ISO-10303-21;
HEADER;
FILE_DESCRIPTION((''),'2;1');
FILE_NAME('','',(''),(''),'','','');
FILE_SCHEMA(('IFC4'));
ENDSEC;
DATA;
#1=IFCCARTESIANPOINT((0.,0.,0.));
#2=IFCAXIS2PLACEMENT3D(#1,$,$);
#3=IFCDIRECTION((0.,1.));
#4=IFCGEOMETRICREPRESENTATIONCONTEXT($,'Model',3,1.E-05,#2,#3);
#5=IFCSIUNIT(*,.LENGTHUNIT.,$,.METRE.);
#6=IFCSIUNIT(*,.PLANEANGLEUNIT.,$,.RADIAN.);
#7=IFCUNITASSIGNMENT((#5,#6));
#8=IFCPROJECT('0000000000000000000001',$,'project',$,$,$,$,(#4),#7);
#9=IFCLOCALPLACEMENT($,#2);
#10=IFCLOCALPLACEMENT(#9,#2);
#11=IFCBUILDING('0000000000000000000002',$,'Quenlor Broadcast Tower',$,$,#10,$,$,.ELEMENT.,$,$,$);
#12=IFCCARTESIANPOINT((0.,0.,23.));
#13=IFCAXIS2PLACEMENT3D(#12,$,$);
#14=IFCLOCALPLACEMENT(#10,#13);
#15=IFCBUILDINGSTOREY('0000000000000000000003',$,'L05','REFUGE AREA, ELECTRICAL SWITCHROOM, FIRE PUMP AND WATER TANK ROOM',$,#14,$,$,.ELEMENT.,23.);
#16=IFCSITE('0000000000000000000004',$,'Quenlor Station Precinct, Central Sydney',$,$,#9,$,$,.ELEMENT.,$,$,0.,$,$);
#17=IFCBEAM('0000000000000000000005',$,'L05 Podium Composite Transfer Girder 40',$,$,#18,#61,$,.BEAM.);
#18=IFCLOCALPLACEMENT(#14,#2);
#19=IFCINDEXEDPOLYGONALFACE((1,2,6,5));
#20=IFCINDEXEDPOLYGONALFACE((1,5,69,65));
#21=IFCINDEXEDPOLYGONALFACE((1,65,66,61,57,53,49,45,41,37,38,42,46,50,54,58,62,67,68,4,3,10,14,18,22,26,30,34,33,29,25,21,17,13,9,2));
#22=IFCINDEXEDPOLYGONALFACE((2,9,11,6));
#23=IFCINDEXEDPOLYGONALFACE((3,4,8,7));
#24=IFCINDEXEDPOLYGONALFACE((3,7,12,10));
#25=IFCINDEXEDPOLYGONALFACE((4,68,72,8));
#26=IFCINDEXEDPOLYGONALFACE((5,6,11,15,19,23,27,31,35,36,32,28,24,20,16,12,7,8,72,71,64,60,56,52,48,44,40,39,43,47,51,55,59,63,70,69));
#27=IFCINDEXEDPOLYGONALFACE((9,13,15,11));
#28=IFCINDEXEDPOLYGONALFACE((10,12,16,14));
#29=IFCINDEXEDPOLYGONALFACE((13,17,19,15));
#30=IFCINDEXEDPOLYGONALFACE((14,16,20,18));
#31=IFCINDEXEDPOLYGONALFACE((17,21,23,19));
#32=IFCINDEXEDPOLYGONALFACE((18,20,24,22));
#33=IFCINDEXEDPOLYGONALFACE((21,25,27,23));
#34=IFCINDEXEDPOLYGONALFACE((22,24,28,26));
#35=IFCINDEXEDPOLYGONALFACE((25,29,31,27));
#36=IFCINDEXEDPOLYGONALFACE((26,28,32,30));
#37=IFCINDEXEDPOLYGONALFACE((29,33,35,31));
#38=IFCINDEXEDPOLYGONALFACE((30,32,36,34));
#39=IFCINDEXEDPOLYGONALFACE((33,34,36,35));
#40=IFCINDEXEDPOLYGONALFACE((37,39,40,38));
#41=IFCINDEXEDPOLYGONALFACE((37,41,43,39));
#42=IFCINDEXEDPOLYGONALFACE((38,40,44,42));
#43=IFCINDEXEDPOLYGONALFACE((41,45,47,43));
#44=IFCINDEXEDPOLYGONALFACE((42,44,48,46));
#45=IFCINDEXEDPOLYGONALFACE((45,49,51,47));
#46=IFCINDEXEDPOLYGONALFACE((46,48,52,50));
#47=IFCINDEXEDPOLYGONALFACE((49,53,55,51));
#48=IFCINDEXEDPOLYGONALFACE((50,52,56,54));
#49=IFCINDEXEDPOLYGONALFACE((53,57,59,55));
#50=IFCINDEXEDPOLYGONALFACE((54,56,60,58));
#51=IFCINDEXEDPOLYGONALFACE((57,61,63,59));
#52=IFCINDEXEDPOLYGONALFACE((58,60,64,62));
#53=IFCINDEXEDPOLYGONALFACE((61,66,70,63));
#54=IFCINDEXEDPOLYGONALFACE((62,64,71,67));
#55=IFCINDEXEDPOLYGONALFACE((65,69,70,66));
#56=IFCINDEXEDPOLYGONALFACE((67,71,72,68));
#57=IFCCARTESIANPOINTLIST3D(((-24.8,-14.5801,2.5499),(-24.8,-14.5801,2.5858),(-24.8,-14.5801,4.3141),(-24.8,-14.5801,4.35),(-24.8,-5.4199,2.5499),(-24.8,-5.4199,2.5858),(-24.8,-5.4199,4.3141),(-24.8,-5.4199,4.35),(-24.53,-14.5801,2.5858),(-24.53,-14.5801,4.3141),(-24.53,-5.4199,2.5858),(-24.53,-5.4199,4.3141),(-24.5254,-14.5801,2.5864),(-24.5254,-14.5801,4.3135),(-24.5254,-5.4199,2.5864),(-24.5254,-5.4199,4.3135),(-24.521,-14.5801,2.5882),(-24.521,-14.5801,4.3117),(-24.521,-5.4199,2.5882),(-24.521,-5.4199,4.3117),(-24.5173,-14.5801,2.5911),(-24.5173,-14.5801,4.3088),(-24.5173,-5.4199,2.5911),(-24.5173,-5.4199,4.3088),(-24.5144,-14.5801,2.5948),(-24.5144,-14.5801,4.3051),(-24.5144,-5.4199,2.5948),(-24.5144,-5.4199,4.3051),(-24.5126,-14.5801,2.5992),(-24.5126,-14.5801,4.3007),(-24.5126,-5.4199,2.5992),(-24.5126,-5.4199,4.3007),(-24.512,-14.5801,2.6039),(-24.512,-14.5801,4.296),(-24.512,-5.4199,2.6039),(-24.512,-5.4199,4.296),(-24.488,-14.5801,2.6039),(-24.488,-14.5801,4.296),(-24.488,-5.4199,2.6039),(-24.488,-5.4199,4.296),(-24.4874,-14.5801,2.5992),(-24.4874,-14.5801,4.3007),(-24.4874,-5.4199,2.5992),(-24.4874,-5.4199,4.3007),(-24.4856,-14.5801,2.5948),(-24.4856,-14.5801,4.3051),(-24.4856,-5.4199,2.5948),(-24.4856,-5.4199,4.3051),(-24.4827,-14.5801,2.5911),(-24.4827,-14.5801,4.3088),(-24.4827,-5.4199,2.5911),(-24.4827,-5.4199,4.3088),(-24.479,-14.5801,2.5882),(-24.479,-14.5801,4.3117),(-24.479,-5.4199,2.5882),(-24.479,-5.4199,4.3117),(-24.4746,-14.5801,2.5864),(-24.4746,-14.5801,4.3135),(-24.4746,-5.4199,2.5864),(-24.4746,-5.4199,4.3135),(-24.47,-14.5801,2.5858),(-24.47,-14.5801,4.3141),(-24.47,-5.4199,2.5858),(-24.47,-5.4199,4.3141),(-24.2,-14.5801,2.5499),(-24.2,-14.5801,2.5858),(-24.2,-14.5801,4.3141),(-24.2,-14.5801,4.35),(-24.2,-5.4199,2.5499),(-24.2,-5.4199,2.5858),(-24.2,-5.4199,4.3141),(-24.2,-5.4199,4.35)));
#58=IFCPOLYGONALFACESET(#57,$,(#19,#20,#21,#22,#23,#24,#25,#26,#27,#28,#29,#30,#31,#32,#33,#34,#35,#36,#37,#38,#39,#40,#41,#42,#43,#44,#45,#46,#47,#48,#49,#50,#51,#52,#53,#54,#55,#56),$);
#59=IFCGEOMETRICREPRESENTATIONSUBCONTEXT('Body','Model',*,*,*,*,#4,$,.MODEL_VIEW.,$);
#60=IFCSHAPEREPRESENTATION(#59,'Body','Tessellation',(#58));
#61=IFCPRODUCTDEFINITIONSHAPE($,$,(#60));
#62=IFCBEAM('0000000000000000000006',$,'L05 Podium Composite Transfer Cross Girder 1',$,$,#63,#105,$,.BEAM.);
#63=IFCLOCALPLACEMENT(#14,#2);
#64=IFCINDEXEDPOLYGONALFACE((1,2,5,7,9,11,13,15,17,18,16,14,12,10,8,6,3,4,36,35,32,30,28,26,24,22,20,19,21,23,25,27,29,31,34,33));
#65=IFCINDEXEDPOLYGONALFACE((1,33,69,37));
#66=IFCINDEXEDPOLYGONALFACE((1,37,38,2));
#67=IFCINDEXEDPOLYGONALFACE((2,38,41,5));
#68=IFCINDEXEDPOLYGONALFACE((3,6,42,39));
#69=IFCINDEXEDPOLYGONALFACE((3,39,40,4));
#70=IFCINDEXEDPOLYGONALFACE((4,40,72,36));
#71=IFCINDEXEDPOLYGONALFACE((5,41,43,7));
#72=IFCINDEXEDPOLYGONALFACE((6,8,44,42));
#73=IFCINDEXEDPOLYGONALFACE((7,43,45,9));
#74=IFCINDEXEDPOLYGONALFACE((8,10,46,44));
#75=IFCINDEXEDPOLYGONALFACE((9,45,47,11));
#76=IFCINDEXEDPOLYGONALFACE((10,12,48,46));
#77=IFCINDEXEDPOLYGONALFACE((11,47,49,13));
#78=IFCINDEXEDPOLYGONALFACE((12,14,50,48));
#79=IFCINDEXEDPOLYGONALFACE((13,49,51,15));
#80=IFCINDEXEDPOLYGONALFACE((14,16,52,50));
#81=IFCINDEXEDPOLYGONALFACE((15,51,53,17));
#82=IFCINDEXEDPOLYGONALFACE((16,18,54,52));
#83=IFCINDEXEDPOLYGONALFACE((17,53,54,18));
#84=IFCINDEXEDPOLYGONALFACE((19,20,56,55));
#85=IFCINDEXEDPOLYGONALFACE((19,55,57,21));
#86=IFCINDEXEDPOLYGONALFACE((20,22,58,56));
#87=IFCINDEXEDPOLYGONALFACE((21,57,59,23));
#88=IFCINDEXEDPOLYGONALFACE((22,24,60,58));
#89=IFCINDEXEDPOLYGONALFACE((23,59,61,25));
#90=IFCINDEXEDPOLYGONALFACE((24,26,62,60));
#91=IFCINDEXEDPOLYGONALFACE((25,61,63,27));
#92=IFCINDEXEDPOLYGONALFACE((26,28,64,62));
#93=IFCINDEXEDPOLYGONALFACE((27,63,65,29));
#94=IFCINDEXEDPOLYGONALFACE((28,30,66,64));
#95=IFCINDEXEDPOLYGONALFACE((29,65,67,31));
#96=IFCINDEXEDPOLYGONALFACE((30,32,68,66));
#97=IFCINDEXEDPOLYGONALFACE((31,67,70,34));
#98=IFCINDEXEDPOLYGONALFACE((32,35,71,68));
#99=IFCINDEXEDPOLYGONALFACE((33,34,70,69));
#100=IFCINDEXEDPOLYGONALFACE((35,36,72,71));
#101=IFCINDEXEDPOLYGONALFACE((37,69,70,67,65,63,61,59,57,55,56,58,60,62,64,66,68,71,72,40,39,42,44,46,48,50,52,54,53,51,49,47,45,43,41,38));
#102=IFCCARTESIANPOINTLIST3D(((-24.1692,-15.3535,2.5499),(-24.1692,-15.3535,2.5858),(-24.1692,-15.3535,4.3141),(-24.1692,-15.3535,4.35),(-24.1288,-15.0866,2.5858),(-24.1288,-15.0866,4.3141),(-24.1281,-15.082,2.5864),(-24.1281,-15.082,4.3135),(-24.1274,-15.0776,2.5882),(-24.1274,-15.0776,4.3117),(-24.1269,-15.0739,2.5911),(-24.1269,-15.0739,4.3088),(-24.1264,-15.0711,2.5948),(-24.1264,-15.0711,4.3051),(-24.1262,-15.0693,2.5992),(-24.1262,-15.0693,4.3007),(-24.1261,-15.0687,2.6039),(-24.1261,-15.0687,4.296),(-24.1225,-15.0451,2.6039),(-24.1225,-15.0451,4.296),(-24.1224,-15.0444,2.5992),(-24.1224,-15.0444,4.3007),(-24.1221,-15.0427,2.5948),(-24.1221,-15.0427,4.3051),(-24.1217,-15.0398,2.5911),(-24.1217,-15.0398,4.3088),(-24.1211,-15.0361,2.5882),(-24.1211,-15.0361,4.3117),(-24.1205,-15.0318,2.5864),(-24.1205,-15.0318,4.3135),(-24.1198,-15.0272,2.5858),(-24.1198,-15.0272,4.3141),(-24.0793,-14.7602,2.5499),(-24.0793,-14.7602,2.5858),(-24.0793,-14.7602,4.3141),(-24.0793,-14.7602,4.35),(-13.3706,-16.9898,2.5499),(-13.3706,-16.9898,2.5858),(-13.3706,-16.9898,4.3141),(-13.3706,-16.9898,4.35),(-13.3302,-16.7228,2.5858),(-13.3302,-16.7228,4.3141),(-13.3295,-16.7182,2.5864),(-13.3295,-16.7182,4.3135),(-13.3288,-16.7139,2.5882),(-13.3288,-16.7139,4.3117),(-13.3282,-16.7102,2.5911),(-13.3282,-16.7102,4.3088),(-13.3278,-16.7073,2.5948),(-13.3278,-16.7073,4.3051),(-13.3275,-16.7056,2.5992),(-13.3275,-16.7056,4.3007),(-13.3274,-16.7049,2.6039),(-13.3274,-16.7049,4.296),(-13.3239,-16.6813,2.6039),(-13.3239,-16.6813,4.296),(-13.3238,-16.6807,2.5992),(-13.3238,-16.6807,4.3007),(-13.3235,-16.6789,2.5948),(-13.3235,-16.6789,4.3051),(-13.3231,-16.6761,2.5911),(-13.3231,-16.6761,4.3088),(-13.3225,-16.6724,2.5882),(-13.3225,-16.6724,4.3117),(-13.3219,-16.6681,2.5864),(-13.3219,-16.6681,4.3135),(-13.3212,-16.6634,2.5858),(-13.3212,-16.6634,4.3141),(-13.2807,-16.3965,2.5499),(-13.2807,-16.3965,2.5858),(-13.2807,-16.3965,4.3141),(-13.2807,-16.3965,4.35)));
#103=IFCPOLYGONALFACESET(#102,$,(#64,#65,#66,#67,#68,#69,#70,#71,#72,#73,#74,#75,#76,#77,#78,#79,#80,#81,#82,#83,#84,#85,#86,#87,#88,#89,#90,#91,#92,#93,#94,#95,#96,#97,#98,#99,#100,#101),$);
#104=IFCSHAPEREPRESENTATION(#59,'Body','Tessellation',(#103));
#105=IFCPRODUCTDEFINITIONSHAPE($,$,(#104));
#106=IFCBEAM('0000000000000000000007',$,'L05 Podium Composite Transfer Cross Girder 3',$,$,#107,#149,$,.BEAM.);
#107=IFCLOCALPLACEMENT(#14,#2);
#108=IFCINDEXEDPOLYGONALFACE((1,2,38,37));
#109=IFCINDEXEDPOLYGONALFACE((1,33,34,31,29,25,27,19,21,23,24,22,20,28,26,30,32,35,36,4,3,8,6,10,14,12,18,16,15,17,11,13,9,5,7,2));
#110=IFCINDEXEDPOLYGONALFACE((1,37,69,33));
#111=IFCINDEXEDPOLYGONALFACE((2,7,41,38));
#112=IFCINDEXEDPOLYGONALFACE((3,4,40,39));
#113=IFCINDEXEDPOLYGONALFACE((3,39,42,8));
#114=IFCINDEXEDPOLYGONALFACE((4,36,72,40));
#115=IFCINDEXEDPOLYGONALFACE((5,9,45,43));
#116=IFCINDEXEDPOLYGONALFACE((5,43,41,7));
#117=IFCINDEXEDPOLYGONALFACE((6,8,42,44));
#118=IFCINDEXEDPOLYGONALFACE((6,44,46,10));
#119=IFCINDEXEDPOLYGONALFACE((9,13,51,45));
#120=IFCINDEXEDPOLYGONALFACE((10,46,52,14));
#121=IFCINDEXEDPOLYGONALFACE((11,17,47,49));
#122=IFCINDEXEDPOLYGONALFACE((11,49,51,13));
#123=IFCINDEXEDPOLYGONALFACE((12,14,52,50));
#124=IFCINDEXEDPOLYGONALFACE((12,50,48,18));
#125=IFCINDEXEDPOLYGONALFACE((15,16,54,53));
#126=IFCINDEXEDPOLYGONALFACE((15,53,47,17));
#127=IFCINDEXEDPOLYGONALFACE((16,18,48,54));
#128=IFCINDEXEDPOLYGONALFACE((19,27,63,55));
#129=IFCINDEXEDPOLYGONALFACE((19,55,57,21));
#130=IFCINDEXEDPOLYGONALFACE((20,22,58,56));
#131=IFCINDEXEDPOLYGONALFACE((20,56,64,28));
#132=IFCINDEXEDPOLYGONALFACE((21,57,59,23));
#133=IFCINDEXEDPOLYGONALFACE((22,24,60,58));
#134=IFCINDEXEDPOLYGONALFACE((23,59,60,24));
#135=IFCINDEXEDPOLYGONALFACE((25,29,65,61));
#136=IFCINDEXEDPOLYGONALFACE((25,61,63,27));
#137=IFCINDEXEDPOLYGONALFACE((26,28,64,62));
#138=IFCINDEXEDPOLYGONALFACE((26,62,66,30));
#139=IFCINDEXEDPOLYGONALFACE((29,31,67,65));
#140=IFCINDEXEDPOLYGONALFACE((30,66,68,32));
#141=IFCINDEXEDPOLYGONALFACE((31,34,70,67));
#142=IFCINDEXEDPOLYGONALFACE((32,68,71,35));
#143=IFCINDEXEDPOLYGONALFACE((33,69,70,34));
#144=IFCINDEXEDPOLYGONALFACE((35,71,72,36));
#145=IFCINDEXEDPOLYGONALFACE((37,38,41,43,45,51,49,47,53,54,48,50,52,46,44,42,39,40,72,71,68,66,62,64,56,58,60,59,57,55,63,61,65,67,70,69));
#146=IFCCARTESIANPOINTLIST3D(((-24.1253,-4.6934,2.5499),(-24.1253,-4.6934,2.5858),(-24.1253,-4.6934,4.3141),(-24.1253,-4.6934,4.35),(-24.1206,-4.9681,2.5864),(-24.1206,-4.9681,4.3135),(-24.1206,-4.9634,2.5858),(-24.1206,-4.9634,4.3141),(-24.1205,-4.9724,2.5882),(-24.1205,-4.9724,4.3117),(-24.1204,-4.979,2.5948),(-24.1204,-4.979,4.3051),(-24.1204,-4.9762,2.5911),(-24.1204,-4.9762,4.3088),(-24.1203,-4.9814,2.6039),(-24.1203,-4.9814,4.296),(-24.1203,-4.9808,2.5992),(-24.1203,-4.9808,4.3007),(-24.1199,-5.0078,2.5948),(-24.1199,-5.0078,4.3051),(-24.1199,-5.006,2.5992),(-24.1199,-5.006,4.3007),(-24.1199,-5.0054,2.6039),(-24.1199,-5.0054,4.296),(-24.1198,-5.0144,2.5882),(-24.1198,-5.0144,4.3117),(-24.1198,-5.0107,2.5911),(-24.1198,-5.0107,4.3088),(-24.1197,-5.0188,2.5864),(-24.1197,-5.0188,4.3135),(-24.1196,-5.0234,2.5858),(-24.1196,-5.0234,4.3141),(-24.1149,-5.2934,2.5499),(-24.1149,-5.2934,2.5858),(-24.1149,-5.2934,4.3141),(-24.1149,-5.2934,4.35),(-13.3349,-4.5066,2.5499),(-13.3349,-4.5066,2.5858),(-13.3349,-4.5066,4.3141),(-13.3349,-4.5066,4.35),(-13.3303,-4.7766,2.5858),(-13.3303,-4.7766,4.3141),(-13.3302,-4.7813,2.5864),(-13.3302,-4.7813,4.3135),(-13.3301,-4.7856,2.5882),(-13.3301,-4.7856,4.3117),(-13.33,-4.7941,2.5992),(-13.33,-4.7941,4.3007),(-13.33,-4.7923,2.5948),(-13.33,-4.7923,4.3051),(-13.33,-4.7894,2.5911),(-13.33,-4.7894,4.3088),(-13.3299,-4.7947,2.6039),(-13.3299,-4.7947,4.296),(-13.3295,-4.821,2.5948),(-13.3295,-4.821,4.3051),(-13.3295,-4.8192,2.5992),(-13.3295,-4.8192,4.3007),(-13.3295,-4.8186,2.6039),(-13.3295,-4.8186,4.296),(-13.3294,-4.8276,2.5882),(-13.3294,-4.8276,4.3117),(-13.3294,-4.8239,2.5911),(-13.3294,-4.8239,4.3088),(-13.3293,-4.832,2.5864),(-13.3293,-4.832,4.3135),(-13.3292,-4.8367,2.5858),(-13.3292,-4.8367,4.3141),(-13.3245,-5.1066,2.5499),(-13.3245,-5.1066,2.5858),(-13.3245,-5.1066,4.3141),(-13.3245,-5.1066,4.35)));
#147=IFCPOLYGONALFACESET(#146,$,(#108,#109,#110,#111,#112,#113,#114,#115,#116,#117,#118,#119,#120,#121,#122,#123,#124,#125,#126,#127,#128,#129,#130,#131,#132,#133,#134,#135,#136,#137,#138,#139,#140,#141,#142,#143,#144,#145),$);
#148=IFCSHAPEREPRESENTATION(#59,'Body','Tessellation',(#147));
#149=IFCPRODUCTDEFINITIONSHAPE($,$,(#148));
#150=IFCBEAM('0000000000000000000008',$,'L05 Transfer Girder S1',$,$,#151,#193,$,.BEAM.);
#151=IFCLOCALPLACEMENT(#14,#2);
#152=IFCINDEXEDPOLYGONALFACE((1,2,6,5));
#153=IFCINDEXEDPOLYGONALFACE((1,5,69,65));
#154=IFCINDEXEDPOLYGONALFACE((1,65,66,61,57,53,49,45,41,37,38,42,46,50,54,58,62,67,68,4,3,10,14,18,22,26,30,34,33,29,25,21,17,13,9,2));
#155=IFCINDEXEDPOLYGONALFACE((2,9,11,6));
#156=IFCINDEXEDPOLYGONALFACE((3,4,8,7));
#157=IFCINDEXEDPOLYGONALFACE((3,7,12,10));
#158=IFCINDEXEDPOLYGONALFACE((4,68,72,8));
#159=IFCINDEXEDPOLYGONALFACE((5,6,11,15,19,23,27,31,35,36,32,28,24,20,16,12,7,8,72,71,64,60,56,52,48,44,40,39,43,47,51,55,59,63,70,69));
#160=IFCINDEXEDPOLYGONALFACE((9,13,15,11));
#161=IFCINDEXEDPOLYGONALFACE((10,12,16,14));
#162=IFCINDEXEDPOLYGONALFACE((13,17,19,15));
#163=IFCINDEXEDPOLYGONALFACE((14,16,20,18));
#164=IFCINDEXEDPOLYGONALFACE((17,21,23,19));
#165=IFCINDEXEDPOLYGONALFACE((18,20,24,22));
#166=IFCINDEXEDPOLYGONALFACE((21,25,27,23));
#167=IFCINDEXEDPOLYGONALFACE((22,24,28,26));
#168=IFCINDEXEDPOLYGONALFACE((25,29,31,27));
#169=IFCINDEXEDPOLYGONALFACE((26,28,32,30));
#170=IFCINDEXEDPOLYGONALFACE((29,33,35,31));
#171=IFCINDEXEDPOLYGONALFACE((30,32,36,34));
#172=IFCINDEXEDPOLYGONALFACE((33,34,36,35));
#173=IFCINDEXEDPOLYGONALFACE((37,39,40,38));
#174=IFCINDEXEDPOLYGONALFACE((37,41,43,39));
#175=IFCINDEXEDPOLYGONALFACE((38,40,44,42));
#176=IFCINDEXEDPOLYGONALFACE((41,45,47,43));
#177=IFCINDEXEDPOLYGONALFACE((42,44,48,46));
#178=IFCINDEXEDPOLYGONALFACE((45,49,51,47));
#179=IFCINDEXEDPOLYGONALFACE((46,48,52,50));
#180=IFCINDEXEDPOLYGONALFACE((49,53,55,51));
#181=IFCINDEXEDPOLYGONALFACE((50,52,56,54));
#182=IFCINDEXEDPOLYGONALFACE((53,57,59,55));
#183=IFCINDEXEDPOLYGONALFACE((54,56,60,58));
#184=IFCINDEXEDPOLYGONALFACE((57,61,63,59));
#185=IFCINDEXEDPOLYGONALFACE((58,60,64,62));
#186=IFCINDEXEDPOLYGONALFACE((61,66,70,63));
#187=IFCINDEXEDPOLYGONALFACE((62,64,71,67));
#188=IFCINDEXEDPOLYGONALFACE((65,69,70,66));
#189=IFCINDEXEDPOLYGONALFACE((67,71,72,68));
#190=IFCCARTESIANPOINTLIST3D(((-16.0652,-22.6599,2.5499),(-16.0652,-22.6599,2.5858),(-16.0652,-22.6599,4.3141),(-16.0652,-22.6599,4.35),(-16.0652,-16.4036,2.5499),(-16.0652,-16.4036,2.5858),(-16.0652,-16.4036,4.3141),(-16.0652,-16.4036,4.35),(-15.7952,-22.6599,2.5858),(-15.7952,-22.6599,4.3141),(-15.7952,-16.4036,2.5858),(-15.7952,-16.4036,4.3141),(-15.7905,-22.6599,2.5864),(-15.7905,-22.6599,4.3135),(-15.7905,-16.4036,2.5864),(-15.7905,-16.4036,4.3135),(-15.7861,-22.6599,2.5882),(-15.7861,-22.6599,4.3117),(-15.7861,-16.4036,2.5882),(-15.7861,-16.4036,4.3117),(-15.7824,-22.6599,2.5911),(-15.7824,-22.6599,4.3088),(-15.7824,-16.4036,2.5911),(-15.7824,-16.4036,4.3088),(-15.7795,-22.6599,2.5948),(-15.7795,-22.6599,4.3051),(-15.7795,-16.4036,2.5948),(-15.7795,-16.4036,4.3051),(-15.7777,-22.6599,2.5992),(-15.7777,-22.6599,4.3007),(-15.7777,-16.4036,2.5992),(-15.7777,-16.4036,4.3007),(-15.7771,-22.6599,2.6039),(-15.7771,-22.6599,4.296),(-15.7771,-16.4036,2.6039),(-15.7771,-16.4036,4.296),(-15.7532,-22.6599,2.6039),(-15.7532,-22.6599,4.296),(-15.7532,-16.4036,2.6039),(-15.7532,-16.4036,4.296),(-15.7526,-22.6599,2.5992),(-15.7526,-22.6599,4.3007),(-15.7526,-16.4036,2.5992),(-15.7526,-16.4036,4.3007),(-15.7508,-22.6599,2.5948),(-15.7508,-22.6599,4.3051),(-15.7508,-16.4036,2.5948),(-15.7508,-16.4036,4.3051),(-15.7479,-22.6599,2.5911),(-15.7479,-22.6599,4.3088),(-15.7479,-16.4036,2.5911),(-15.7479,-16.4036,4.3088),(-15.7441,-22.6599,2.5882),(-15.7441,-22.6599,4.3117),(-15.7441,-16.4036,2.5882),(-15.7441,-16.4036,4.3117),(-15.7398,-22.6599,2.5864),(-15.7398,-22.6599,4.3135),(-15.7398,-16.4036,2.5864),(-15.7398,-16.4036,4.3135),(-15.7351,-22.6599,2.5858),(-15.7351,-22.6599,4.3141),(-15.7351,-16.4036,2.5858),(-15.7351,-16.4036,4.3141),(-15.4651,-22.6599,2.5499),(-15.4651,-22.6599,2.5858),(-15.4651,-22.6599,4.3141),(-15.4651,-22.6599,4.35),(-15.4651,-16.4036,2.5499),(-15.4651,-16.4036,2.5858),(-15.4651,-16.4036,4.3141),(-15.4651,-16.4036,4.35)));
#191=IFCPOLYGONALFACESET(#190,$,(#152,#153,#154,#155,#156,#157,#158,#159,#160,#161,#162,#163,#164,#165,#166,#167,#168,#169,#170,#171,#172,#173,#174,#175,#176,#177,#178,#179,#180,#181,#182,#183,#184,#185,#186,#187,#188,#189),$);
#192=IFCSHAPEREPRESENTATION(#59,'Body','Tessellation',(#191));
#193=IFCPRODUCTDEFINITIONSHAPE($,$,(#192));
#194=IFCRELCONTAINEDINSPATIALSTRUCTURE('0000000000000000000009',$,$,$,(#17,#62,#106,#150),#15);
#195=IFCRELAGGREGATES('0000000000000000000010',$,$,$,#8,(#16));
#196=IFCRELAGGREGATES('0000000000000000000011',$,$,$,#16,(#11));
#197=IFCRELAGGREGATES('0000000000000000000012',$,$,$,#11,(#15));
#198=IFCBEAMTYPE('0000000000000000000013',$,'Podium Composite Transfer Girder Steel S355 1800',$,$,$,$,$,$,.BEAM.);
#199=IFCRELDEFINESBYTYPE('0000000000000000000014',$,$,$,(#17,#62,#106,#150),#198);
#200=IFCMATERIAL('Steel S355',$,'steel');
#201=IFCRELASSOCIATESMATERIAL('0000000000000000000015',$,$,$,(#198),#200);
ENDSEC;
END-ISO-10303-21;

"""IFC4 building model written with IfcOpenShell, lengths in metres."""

from ifc_helpers import new_model, si_unit, direction, frame, origin, origin_2d, place, context, subcontext, project, spatial, i_section, extrude, material, material_profile, profile_set, type_object, element, save


model = new_model("IFC4")

# Units and contexts
model_context = context("Model", 3, precision=1e-05, world=origin(), true_north=direction((0.0, 1.0)))
body_context = subcontext(model_context, "Body", "Model", "MODEL_VIEW")
ifc_project = project(units=[si_unit("LENGTHUNIT", "METRE"), si_unit("PLANEANGLEUNIT", "RADIAN")], contexts=[model_context])

# Site, building, storey
site_placement = place(None, origin())
site = spatial("IfcSite", under=ifc_project, at=site_placement, Name="Quenlor Station Precinct, Central Sydney", CompositionType="ELEMENT", RefElevation=0.0)
building_placement = place(site_placement, origin())
building = spatial("IfcBuilding", under=site, at=building_placement, Name="Quenlor Broadcast Tower", CompositionType="ELEMENT")
storey_placement = place(building_placement, frame((0.0, 0.0, 23.0)))
storey = spatial("IfcBuildingStorey", under=building, at=storey_placement, Name="L05", Description="REFUGE AREA, ELECTRICAL SWITCHROOM, FIRE PUMP AND WATER TANK ROOM", CompositionType="ELEMENT", Elevation=23.0)

# Beams
ifc_material_1 = material(Name="Steel S355", Category="steel")
ifc_material_profile_1 = material_profile(ifc_material_1, i_section(OverallWidth=0.6001, OverallDepth=1.8, WebThickness=0.0239, FlangeThickness=0.0359, FilletRadius=0.0181, at=origin_2d()))
ifc_profile_set_1 = profile_set([ifc_material_profile_1], Name="Steel S355 1800TG620")
beam_type_1 = type_object("IfcBeamType", Name="Podium Composite Transfer Girder Steel S355 1800", PredefinedType="BEAM", material=ifc_profile_set_1)
beam_1_placement = place(storey_placement, frame((-24.5, -14.5801, 3.45), z_axis=(0.0, 1.0, 0.0), x_axis=(-1.0, 0.0, 0.0)))
element("IfcBeam", 1, at=beam_1_placement, inside=storey, type_object=beam_type_1, Name="L05 Podium Composite Transfer Girder 40", PredefinedType="BEAM", context=body_context, shape_type="SweptSolid", body=[
    extrude(i_section(OverallWidth=0.6001, OverallDepth=1.8, WebThickness=0.0239, FlangeThickness=0.0359, FilletRadius=0.0181, at=origin_2d()), origin(), (0.0, 0.0, 1.0), 9.1602),
])
beam_2_placement = place(storey_placement, frame((-24.1243, -15.0569, 3.45), z_axis=(0.988714, -0.149813, 0.0), x_axis=(0.149813, 0.988714, 0.0)))
element("IfcBeam", 2, at=beam_2_placement, inside=storey, type_object=beam_type_1, Name="L05 Podium Composite Transfer Cross Girder 1", PredefinedType="BEAM", context=body_context, shape_type="SweptSolid", body=[
    extrude(i_section(OverallWidth=0.6001, OverallDepth=1.8, WebThickness=0.0239, FlangeThickness=0.0359, FilletRadius=0.0181, at=origin_2d()), origin(), (0.0, 0.0, 1.0), 10.9219),
])
beam_3_placement = place(storey_placement, frame((-24.1201, -4.9934, 3.45), z_axis=(0.99985, 0.017306, 0.0), x_axis=(-0.017306, 0.99985, 0.0)))
element("IfcBeam", 3, at=beam_3_placement, inside=storey, type_object=beam_type_1, Name="L05 Podium Composite Transfer Cross Girder 3", PredefinedType="BEAM", context=body_context, shape_type="SweptSolid", body=[
    extrude(i_section(OverallWidth=0.6001, OverallDepth=1.8, WebThickness=0.0239, FlangeThickness=0.0359, FilletRadius=0.0181, at=origin_2d()), origin(), (0.0, 0.0, 1.0), 10.792),
])
beam_4_placement = place(storey_placement, frame((-15.7651, -22.6599, 3.45), z_axis=(0.0, 1.0, 0.0), x_axis=(-1.0, 0.0, 0.0)))
element("IfcBeam", 4, at=beam_4_placement, inside=storey, type_object=beam_type_1, Name="L05 Transfer Girder S1", PredefinedType="BEAM", context=body_context, shape_type="SweptSolid", body=[
    extrude(i_section(OverallWidth=0.6001, OverallDepth=1.8, WebThickness=0.0239, FlangeThickness=0.0359, FilletRadius=0.0181, at=origin_2d()), origin(), (0.0, 0.0, 1.0), 6.2563),
])

save(model, "model.ifc")
